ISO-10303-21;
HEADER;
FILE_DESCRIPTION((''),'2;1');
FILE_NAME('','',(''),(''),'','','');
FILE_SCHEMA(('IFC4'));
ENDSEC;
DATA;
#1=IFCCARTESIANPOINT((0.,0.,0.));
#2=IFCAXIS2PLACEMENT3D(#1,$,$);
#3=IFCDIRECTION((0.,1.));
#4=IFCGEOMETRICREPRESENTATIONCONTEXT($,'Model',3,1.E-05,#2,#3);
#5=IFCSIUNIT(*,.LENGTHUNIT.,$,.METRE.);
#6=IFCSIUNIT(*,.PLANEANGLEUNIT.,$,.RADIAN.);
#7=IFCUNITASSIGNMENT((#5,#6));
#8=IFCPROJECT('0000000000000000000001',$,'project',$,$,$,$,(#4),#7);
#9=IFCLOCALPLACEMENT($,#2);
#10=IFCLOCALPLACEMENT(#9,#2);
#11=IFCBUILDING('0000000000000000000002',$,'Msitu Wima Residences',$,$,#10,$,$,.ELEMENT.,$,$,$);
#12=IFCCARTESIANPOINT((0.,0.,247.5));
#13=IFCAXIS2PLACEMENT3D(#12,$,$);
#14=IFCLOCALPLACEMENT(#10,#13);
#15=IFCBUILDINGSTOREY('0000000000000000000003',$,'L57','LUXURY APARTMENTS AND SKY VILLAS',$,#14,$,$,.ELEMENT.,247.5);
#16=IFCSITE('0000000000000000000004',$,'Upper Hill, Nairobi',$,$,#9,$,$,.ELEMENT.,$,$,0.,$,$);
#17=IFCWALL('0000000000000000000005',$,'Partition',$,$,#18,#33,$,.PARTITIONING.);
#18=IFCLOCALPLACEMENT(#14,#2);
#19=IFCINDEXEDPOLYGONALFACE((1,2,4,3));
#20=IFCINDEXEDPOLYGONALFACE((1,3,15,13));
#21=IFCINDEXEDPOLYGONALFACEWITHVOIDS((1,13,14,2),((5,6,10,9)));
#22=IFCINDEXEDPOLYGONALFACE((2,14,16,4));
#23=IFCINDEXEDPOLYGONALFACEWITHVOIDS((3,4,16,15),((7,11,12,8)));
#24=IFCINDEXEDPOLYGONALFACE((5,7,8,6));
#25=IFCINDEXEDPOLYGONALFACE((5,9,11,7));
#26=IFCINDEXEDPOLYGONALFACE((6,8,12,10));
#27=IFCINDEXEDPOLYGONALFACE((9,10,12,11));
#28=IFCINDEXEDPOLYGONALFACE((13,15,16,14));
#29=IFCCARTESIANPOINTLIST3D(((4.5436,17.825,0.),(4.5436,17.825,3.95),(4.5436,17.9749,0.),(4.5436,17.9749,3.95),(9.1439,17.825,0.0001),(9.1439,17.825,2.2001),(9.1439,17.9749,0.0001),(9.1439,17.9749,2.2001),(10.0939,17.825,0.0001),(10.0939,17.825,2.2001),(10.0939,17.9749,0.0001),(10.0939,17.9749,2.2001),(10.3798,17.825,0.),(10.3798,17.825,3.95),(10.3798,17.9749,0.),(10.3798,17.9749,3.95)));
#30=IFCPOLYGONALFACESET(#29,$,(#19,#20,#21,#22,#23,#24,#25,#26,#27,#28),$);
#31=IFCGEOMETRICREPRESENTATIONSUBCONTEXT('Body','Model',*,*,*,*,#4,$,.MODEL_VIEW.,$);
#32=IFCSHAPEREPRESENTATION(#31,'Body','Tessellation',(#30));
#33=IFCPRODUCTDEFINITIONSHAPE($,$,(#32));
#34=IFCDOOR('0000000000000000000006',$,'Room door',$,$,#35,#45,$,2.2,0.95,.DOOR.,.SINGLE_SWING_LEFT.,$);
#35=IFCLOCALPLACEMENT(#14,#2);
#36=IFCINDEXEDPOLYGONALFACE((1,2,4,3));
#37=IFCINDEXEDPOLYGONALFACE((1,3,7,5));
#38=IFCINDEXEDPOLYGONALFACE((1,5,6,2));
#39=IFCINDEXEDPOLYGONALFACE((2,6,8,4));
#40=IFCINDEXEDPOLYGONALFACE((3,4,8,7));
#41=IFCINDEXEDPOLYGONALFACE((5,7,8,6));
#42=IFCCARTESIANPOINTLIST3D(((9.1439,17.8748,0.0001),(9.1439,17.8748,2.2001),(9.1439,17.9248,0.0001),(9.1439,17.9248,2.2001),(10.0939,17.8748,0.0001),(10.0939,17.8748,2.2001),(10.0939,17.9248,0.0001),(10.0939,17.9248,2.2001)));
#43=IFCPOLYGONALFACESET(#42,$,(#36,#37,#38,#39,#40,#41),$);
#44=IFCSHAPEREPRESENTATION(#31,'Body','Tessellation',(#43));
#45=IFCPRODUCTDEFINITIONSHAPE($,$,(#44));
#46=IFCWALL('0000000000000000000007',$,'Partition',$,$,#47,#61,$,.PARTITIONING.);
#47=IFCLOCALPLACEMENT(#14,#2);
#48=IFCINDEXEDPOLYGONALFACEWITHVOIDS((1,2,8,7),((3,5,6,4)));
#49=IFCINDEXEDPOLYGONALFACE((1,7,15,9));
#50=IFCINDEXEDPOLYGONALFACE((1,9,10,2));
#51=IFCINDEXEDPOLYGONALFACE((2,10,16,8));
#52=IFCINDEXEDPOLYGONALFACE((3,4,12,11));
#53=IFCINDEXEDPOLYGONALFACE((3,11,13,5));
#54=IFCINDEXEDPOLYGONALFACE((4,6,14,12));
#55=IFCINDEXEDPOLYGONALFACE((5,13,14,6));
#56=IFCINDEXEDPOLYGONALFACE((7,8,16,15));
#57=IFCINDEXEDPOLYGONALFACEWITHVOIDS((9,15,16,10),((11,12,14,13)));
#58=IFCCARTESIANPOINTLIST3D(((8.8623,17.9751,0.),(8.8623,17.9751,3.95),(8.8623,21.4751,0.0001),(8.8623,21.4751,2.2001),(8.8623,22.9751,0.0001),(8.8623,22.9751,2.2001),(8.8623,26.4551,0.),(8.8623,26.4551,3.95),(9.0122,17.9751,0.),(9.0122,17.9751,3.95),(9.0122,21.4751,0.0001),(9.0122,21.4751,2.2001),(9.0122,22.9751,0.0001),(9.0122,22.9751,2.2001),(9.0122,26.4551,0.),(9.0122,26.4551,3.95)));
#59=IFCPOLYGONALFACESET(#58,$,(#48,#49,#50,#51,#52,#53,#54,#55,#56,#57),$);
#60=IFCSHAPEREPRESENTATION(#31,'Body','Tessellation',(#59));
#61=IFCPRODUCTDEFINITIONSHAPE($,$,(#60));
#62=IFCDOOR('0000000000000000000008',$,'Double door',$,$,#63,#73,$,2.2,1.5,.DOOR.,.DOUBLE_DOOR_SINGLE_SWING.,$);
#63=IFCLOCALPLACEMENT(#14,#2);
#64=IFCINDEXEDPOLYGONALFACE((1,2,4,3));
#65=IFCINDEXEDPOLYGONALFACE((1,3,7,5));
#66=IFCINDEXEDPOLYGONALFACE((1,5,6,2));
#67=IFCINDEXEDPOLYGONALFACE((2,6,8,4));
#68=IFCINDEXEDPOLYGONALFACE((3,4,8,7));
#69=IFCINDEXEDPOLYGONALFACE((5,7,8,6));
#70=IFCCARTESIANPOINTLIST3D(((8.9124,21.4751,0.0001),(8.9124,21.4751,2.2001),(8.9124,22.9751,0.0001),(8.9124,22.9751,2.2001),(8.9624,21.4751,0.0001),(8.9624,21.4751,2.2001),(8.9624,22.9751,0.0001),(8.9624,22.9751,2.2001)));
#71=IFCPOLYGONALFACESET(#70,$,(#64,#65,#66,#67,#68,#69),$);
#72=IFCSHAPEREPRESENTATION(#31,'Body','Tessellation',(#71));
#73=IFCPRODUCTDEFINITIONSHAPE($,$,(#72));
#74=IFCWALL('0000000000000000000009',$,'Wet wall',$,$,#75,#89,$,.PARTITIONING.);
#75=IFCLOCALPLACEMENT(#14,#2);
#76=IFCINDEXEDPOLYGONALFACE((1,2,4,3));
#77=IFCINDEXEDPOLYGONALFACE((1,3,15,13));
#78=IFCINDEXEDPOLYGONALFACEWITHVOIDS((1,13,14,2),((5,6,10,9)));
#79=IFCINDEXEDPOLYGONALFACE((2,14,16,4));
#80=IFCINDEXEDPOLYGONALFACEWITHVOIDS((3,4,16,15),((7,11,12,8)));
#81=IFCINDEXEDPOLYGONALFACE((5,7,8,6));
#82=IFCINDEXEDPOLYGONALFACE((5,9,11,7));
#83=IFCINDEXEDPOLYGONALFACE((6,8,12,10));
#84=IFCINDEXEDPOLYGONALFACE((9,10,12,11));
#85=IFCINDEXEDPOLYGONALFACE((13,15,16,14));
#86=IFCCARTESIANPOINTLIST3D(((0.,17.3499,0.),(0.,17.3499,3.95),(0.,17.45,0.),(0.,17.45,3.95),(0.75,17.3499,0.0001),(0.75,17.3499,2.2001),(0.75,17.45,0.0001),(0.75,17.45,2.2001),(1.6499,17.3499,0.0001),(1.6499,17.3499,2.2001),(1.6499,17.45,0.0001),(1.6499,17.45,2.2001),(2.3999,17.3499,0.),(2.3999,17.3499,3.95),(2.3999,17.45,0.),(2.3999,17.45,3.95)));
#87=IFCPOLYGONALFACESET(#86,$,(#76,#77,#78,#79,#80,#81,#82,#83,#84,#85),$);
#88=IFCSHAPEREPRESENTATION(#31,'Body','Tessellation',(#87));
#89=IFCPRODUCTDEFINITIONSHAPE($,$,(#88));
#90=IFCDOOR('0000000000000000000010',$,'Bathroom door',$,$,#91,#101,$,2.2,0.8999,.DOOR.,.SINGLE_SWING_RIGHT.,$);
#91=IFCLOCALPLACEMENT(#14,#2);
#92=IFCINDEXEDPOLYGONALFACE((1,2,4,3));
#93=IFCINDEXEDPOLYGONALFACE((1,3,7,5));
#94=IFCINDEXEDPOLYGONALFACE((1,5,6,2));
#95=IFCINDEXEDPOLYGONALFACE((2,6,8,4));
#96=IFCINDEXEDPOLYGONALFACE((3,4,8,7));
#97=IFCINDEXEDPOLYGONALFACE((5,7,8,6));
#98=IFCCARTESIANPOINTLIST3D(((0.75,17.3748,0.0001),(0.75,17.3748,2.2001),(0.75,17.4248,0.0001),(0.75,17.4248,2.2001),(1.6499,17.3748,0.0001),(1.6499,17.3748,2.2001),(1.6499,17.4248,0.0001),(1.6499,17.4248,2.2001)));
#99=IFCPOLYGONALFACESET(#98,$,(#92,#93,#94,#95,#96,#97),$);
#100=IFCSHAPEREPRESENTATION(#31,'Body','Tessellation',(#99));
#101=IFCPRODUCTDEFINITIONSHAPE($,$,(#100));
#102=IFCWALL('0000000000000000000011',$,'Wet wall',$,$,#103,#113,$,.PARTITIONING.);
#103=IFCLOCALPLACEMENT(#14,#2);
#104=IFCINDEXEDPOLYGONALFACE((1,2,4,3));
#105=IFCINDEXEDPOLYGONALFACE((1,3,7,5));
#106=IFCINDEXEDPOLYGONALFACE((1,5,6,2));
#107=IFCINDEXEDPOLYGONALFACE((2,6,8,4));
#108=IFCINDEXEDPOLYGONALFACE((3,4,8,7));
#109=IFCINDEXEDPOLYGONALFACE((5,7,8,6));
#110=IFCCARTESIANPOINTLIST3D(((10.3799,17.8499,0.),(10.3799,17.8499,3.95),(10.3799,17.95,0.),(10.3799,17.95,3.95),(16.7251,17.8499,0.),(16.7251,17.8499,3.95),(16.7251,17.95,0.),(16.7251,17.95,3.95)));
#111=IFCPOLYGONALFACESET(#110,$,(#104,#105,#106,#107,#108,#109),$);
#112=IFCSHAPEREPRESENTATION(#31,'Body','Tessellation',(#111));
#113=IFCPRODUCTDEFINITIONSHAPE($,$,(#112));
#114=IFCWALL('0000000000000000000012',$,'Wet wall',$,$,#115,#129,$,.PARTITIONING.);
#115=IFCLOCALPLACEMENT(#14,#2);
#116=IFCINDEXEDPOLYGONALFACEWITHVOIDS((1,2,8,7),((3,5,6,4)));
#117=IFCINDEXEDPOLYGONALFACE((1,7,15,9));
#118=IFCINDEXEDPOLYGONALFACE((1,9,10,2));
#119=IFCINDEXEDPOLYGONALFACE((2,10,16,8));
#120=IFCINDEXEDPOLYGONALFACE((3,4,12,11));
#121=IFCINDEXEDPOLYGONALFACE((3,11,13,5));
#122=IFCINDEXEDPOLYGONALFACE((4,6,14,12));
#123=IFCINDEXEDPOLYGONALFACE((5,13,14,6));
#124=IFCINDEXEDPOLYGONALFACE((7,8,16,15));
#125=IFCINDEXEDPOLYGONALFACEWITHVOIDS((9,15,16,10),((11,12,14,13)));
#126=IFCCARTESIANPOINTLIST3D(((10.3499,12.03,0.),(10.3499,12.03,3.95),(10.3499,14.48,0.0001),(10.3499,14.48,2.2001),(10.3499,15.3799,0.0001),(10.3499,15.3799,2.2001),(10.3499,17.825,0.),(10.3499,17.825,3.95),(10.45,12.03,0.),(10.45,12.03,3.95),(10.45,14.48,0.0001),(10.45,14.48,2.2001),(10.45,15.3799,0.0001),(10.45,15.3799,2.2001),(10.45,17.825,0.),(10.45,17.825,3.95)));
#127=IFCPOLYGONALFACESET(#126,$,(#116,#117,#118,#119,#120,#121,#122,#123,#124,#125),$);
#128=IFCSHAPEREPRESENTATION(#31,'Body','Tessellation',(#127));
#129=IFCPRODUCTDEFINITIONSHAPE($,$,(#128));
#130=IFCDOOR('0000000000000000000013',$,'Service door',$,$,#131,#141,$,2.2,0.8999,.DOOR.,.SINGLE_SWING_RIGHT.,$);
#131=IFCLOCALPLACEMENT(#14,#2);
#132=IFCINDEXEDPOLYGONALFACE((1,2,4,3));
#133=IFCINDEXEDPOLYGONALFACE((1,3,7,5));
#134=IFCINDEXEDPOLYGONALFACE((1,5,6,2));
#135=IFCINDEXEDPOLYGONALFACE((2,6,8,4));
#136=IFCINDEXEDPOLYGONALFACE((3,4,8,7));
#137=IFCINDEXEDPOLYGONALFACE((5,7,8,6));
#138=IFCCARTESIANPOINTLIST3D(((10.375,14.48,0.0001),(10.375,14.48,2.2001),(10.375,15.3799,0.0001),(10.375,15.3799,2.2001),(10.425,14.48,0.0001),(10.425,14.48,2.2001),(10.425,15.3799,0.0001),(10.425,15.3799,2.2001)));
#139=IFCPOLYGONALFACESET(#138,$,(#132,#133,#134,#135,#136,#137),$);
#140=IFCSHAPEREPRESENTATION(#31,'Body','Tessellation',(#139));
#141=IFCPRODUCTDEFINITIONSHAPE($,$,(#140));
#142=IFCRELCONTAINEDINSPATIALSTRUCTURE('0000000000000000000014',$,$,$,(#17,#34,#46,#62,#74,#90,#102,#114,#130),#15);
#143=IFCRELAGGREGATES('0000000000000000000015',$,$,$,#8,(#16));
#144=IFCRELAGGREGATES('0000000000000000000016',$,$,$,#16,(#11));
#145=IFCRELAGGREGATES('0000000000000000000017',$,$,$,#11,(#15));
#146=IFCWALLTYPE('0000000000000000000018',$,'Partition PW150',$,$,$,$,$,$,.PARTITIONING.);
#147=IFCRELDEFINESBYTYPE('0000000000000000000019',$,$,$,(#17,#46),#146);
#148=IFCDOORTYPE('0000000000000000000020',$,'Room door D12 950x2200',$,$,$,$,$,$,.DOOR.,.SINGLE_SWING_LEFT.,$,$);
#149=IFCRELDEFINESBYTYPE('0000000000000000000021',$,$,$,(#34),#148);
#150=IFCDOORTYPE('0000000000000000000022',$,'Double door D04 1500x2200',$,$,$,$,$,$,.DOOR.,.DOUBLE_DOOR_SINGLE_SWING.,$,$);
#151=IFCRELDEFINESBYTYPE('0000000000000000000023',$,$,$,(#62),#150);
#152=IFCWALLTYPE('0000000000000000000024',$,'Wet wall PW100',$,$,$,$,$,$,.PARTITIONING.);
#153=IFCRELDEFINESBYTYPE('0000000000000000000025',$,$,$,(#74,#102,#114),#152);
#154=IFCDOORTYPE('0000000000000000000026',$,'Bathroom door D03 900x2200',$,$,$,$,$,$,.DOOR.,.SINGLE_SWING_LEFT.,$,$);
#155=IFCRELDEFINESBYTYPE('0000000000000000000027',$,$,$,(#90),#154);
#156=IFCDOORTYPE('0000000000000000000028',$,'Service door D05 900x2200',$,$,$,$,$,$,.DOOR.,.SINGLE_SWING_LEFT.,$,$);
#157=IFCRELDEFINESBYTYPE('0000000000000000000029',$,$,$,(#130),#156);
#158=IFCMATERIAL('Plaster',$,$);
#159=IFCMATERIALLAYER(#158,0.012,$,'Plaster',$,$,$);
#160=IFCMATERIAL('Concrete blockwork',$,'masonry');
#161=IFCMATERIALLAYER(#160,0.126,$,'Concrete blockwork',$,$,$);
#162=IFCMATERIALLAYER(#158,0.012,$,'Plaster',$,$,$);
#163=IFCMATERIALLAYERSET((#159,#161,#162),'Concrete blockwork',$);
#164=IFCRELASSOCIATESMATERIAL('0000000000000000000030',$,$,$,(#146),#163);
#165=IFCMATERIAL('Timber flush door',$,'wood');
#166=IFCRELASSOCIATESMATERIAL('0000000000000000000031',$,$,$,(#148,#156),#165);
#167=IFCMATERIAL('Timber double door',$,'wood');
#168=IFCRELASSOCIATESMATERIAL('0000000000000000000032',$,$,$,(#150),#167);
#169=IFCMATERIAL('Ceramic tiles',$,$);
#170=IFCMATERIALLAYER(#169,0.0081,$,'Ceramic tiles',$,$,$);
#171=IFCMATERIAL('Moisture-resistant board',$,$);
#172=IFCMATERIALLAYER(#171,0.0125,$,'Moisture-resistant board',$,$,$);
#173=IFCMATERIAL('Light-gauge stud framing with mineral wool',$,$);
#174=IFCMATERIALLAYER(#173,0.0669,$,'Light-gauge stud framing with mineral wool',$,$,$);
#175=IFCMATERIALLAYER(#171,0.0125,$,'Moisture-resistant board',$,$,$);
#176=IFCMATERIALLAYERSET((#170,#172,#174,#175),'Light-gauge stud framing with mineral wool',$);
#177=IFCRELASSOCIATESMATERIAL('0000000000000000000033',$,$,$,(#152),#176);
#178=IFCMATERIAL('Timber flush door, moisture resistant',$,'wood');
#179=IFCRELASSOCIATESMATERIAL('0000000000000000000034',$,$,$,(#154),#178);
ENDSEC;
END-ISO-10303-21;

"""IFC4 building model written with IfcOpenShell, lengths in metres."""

from ifc_helpers import new_model, si_unit, direction, frame, frame_2d, origin, place, context, subcontext, project, spatial, rectangle, extrude, material, layer, layer_set, type_object, element, fill, save


model = new_model("IFC4")

# Units and contexts
model_context = context("Model", 3, precision=1e-05, world=origin(), true_north=direction((0.0, 1.0)))
body_context = subcontext(model_context, "Body", "Model", "MODEL_VIEW")
ifc_project = project(units=[si_unit("LENGTHUNIT", "METRE"), si_unit("PLANEANGLEUNIT", "RADIAN")], contexts=[model_context])

# Site, building, storey
site_placement = place(None, origin())
site = spatial("IfcSite", under=ifc_project, at=site_placement, Name="Upper Hill, Nairobi", CompositionType="ELEMENT", RefElevation=0.0)
building_placement = place(site_placement, origin())
building = spatial("IfcBuilding", under=site, at=building_placement, Name="Msitu Wima Residences", CompositionType="ELEMENT")
storey_placement = place(building_placement, frame((0.0, 0.0, 247.5)))
storey = spatial("IfcBuildingStorey", under=building, at=storey_placement, Name="L57", Description="LUXURY APARTMENTS AND SKY VILLAS", CompositionType="ELEMENT", Elevation=247.5)

# Shared definitions
ifc_material_1 = material(Name="Plaster")
ifc_material_2 = material(Name="Concrete blockwork", Category="masonry")

# Walls, openings, doors
ifc_layer_1 = layer(ifc_material_1, 0.012, Name="Plaster")
ifc_layer_2 = layer(ifc_material_2, 0.126, Name="Concrete blockwork")
ifc_layer_3 = layer(ifc_material_1, 0.012, Name="Plaster")
ifc_layer_set_1 = layer_set([ifc_layer_1, ifc_layer_2, ifc_layer_3], Name="Concrete blockwork")
wall_type_1 = type_object("IfcWallType", Name="Partition PW150", PredefinedType="PARTITIONING", material=ifc_layer_set_1)
ifc_material_3 = material(Name="Timber flush door", Category="wood")
door_type_1 = type_object("IfcDoorType", Name="Room door D12 950x2200", OperationType="SINGLE_SWING_LEFT", PredefinedType="DOOR", material=ifc_material_3)
wall_1_placement = place(storey_placement, frame((4.5437, 17.8999, 0.0), z_axis=(0.0, 0.0, 1.0), x_axis=(1.0, 0.0, 0.0)))
wall_1 = element("IfcWall", 1, at=wall_1_placement, inside=storey, type_object=wall_type_1, Name="Partition", PredefinedType="PARTITIONING", context=body_context, shape_type="SweptSolid", body=[
    extrude(rectangle(XDim=5.8362, YDim=0.1499, at=frame_2d((2.918, 0.0))), origin(), (0.0, 0.0, 1.0), 3.95),
])
opening_1_placement = place(wall_1_placement, frame((4.6001, 0.0, 0.0)))
opening_1 = element("IfcOpeningElement", 2, at=opening_1_placement, cuts=wall_1, PredefinedType="OPENING", context=body_context, shape_type="SweptSolid", body=[
    extrude(rectangle(XDim=0.95, YDim=2.2, at=frame_2d((0.4751, 1.1001))), frame((0.0, 0.085, 0.0), z_axis=(0.0, -1.0, 0.0), x_axis=(1.0, 0.0, 0.0)), (0.0, 0.0, 1.0), 0.1699),
])
door_1_placement = place(opening_1_placement, origin())
door_1 = element("IfcDoor", 3, at=door_1_placement, inside=storey, type_object=door_type_1, Name="Room door", OperationType="SINGLE_SWING_LEFT", OverallHeight=2.2, OverallWidth=0.95, PredefinedType="DOOR", context=body_context, shape_type="SweptSolid", body=[
    extrude(rectangle(XDim=0.95, YDim=2.2, at=frame_2d((0.4751, 1.1001))), frame((0.0, 0.0249, 0.0), z_axis=(0.0, -1.0, 0.0), x_axis=(1.0, 0.0, 0.0)), (0.0, 0.0, 1.0), 0.05),
])
fill(opening_1, door_1)
wall_2_placement = place(storey_placement, frame((8.9373, 17.9751, 0.0), z_axis=(0.0, 0.0, 1.0), x_axis=(0.0, 1.0, 0.0)))
wall_2 = element("IfcWall", 4, at=wall_2_placement, inside=storey, type_object=wall_type_1, Name="Partition", PredefinedType="PARTITIONING", context=body_context, shape_type="SweptSolid", body=[
    extrude(rectangle(XDim=8.48, YDim=0.1499, at=frame_2d((4.24, 0.0))), origin(), (0.0, 0.0, 1.0), 3.95),
])
opening_2_placement = place(wall_2_placement, frame((3.5, 0.0, 0.0)))
opening_2 = element("IfcOpeningElement", 5, at=opening_2_placement, cuts=wall_2, PredefinedType="OPENING", context=body_context, shape_type="SweptSolid", body=[
    extrude(rectangle(XDim=1.5, YDim=2.2, at=frame_2d((0.75, 1.1001))), frame((0.0, 0.085, 0.0), z_axis=(0.0, -1.0, 0.0), x_axis=(1.0, 0.0, 0.0)), (0.0, 0.0, 1.0), 0.1699),
])
ifc_material_4 = material(Name="Timber double door", Category="wood")
door_type_2 = type_object("IfcDoorType", Name="Double door D04 1500x2200", OperationType="DOUBLE_DOOR_SINGLE_SWING", PredefinedType="DOOR", material=ifc_material_4)
door_2_placement = place(opening_2_placement, origin())
door_2 = element("IfcDoor", 6, at=door_2_placement, inside=storey, type_object=door_type_2, Name="Double door", OperationType="DOUBLE_DOOR_SINGLE_SWING", OverallHeight=2.2, OverallWidth=1.5, PredefinedType="DOOR", context=body_context, shape_type="SweptSolid", body=[
    extrude(rectangle(XDim=1.5, YDim=2.2, at=frame_2d((0.75, 1.1001))), frame((0.0, 0.0249, 0.0), z_axis=(0.0, -1.0, 0.0), x_axis=(1.0, 0.0, 0.0)), (0.0, 0.0, 1.0), 0.05),
])
fill(opening_2, door_2)
ifc_material_5 = material(Name="Ceramic tiles")
ifc_layer_4 = layer(ifc_material_5, 0.0081, Name="Ceramic tiles")
ifc_material_6 = material(Name="Moisture-resistant board")
ifc_layer_5 = layer(ifc_material_6, 0.0125, Name="Moisture-resistant board")
ifc_material_7 = material(Name="Light-gauge stud framing with mineral wool")
ifc_layer_6 = layer(ifc_material_7, 0.0669, Name="Light-gauge stud framing with mineral wool")
ifc_layer_7 = layer(ifc_material_6, 0.0125, Name="Moisture-resistant board")
ifc_layer_set_2 = layer_set([ifc_layer_4, ifc_layer_5, ifc_layer_6, ifc_layer_7], Name="Light-gauge stud framing with mineral wool")
wall_type_2 = type_object("IfcWallType", Name="Wet wall PW100", PredefinedType="PARTITIONING", material=ifc_layer_set_2)
wall_3_placement = place(storey_placement, frame((0.0, 17.3999, 0.0), z_axis=(0.0, 0.0, 1.0), x_axis=(1.0, 0.0, 0.0)))
wall_3 = element("IfcWall", 7, at=wall_3_placement, inside=storey, type_object=wall_type_2, Name="Wet wall", PredefinedType="PARTITIONING", context=body_context, shape_type="SweptSolid", body=[
    extrude(rectangle(XDim=2.3999, YDim=0.1001, at=frame_2d((1.2, 0.0))), origin(), (0.0, 0.0, 1.0), 3.95),
])
opening_3_placement = place(wall_3_placement, frame((0.75, 0.0, 0.0)))
opening_3 = element("IfcOpeningElement", 8, at=opening_3_placement, cuts=wall_3, PredefinedType="OPENING", context=body_context, shape_type="SweptSolid", body=[
    extrude(rectangle(XDim=0.8999, YDim=2.2, at=frame_2d((0.45, 1.1001))), frame((0.0, 0.0601, 0.0), z_axis=(0.0, -1.0, 0.0), x_axis=(1.0, 0.0, 0.0)), (0.0, 0.0, 1.0), 0.1201),
])
ifc_material_8 = material(Name="Timber flush door, moisture resistant", Category="wood")
door_type_3 = type_object("IfcDoorType", Name="Bathroom door D03 900x2200", OperationType="SINGLE_SWING_LEFT", PredefinedType="DOOR", material=ifc_material_8)
door_3_placement = place(opening_3_placement, origin())
door_3 = element("IfcDoor", 9, at=door_3_placement, inside=storey, type_object=door_type_3, Name="Bathroom door", OperationType="SINGLE_SWING_RIGHT", OverallHeight=2.2, OverallWidth=0.8999, PredefinedType="DOOR", context=body_context, shape_type="SweptSolid", body=[
    extrude(rectangle(XDim=0.8999, YDim=2.2, at=frame_2d((0.45, 1.1001))), frame((0.0, 0.0249, 0.0), z_axis=(0.0, -1.0, 0.0), x_axis=(1.0, 0.0, 0.0)), (0.0, 0.0, 1.0), 0.05),
])
fill(opening_3, door_3)

# Wall
wall_4_placement = place(storey_placement, frame((10.3799, 17.8999, 0.0), z_axis=(0.0, 0.0, 1.0), x_axis=(1.0, 0.0, 0.0)))
element("IfcWall", 10, at=wall_4_placement, inside=storey, type_object=wall_type_2, Name="Wet wall", PredefinedType="PARTITIONING", context=body_context, shape_type="SweptSolid", body=[
    extrude(rectangle(XDim=6.3452, YDim=0.1001, at=frame_2d((3.1726, 0.0))), origin(), (0.0, 0.0, 1.0), 3.95),
])

# Wall, opening, door
wall_5_placement = place(storey_placement, frame((10.3999, 12.03, 0.0), z_axis=(0.0, 0.0, 1.0), x_axis=(0.0, 1.0, 0.0)))
wall_5 = element("IfcWall", 11, at=wall_5_placement, inside=storey, type_object=wall_type_2, Name="Wet wall", PredefinedType="PARTITIONING", context=body_context, shape_type="SweptSolid", body=[
    extrude(rectangle(XDim=5.7949, YDim=0.1001, at=frame_2d((2.8975, 0.0))), origin(), (0.0, 0.0, 1.0), 3.95),
])
opening_4_placement = place(wall_5_placement, frame((2.45, 0.0, 0.0)))
opening_4 = element("IfcOpeningElement", 12, at=opening_4_placement, cuts=wall_5, PredefinedType="OPENING", context=body_context, shape_type="SweptSolid", body=[
    extrude(rectangle(XDim=0.8999, YDim=2.2, at=frame_2d((0.45, 1.1001))), frame((0.0, 0.0601, 0.0), z_axis=(0.0, -1.0, 0.0), x_axis=(1.0, 0.0, 0.0)), (0.0, 0.0, 1.0), 0.1201),
])
door_type_4 = type_object("IfcDoorType", Name="Service door D05 900x2200", OperationType="SINGLE_SWING_LEFT", PredefinedType="DOOR", material=ifc_material_3)
door_4_placement = place(opening_4_placement, origin())
door_4 = element("IfcDoor", 13, at=door_4_placement, inside=storey, type_object=door_type_4, Name="Service door", OperationType="SINGLE_SWING_RIGHT", OverallHeight=2.2, OverallWidth=0.8999, PredefinedType="DOOR", context=body_context, shape_type="SweptSolid", body=[
    extrude(rectangle(XDim=0.8999, YDim=2.2, at=frame_2d((0.45, 1.1001))), frame((0.0, 0.0249, 0.0), z_axis=(0.0, -1.0, 0.0), x_axis=(1.0, 0.0, 0.0)), (0.0, 0.0, 1.0), 0.05),
])
fill(opening_4, door_4)

save(model, "model.ifc")
